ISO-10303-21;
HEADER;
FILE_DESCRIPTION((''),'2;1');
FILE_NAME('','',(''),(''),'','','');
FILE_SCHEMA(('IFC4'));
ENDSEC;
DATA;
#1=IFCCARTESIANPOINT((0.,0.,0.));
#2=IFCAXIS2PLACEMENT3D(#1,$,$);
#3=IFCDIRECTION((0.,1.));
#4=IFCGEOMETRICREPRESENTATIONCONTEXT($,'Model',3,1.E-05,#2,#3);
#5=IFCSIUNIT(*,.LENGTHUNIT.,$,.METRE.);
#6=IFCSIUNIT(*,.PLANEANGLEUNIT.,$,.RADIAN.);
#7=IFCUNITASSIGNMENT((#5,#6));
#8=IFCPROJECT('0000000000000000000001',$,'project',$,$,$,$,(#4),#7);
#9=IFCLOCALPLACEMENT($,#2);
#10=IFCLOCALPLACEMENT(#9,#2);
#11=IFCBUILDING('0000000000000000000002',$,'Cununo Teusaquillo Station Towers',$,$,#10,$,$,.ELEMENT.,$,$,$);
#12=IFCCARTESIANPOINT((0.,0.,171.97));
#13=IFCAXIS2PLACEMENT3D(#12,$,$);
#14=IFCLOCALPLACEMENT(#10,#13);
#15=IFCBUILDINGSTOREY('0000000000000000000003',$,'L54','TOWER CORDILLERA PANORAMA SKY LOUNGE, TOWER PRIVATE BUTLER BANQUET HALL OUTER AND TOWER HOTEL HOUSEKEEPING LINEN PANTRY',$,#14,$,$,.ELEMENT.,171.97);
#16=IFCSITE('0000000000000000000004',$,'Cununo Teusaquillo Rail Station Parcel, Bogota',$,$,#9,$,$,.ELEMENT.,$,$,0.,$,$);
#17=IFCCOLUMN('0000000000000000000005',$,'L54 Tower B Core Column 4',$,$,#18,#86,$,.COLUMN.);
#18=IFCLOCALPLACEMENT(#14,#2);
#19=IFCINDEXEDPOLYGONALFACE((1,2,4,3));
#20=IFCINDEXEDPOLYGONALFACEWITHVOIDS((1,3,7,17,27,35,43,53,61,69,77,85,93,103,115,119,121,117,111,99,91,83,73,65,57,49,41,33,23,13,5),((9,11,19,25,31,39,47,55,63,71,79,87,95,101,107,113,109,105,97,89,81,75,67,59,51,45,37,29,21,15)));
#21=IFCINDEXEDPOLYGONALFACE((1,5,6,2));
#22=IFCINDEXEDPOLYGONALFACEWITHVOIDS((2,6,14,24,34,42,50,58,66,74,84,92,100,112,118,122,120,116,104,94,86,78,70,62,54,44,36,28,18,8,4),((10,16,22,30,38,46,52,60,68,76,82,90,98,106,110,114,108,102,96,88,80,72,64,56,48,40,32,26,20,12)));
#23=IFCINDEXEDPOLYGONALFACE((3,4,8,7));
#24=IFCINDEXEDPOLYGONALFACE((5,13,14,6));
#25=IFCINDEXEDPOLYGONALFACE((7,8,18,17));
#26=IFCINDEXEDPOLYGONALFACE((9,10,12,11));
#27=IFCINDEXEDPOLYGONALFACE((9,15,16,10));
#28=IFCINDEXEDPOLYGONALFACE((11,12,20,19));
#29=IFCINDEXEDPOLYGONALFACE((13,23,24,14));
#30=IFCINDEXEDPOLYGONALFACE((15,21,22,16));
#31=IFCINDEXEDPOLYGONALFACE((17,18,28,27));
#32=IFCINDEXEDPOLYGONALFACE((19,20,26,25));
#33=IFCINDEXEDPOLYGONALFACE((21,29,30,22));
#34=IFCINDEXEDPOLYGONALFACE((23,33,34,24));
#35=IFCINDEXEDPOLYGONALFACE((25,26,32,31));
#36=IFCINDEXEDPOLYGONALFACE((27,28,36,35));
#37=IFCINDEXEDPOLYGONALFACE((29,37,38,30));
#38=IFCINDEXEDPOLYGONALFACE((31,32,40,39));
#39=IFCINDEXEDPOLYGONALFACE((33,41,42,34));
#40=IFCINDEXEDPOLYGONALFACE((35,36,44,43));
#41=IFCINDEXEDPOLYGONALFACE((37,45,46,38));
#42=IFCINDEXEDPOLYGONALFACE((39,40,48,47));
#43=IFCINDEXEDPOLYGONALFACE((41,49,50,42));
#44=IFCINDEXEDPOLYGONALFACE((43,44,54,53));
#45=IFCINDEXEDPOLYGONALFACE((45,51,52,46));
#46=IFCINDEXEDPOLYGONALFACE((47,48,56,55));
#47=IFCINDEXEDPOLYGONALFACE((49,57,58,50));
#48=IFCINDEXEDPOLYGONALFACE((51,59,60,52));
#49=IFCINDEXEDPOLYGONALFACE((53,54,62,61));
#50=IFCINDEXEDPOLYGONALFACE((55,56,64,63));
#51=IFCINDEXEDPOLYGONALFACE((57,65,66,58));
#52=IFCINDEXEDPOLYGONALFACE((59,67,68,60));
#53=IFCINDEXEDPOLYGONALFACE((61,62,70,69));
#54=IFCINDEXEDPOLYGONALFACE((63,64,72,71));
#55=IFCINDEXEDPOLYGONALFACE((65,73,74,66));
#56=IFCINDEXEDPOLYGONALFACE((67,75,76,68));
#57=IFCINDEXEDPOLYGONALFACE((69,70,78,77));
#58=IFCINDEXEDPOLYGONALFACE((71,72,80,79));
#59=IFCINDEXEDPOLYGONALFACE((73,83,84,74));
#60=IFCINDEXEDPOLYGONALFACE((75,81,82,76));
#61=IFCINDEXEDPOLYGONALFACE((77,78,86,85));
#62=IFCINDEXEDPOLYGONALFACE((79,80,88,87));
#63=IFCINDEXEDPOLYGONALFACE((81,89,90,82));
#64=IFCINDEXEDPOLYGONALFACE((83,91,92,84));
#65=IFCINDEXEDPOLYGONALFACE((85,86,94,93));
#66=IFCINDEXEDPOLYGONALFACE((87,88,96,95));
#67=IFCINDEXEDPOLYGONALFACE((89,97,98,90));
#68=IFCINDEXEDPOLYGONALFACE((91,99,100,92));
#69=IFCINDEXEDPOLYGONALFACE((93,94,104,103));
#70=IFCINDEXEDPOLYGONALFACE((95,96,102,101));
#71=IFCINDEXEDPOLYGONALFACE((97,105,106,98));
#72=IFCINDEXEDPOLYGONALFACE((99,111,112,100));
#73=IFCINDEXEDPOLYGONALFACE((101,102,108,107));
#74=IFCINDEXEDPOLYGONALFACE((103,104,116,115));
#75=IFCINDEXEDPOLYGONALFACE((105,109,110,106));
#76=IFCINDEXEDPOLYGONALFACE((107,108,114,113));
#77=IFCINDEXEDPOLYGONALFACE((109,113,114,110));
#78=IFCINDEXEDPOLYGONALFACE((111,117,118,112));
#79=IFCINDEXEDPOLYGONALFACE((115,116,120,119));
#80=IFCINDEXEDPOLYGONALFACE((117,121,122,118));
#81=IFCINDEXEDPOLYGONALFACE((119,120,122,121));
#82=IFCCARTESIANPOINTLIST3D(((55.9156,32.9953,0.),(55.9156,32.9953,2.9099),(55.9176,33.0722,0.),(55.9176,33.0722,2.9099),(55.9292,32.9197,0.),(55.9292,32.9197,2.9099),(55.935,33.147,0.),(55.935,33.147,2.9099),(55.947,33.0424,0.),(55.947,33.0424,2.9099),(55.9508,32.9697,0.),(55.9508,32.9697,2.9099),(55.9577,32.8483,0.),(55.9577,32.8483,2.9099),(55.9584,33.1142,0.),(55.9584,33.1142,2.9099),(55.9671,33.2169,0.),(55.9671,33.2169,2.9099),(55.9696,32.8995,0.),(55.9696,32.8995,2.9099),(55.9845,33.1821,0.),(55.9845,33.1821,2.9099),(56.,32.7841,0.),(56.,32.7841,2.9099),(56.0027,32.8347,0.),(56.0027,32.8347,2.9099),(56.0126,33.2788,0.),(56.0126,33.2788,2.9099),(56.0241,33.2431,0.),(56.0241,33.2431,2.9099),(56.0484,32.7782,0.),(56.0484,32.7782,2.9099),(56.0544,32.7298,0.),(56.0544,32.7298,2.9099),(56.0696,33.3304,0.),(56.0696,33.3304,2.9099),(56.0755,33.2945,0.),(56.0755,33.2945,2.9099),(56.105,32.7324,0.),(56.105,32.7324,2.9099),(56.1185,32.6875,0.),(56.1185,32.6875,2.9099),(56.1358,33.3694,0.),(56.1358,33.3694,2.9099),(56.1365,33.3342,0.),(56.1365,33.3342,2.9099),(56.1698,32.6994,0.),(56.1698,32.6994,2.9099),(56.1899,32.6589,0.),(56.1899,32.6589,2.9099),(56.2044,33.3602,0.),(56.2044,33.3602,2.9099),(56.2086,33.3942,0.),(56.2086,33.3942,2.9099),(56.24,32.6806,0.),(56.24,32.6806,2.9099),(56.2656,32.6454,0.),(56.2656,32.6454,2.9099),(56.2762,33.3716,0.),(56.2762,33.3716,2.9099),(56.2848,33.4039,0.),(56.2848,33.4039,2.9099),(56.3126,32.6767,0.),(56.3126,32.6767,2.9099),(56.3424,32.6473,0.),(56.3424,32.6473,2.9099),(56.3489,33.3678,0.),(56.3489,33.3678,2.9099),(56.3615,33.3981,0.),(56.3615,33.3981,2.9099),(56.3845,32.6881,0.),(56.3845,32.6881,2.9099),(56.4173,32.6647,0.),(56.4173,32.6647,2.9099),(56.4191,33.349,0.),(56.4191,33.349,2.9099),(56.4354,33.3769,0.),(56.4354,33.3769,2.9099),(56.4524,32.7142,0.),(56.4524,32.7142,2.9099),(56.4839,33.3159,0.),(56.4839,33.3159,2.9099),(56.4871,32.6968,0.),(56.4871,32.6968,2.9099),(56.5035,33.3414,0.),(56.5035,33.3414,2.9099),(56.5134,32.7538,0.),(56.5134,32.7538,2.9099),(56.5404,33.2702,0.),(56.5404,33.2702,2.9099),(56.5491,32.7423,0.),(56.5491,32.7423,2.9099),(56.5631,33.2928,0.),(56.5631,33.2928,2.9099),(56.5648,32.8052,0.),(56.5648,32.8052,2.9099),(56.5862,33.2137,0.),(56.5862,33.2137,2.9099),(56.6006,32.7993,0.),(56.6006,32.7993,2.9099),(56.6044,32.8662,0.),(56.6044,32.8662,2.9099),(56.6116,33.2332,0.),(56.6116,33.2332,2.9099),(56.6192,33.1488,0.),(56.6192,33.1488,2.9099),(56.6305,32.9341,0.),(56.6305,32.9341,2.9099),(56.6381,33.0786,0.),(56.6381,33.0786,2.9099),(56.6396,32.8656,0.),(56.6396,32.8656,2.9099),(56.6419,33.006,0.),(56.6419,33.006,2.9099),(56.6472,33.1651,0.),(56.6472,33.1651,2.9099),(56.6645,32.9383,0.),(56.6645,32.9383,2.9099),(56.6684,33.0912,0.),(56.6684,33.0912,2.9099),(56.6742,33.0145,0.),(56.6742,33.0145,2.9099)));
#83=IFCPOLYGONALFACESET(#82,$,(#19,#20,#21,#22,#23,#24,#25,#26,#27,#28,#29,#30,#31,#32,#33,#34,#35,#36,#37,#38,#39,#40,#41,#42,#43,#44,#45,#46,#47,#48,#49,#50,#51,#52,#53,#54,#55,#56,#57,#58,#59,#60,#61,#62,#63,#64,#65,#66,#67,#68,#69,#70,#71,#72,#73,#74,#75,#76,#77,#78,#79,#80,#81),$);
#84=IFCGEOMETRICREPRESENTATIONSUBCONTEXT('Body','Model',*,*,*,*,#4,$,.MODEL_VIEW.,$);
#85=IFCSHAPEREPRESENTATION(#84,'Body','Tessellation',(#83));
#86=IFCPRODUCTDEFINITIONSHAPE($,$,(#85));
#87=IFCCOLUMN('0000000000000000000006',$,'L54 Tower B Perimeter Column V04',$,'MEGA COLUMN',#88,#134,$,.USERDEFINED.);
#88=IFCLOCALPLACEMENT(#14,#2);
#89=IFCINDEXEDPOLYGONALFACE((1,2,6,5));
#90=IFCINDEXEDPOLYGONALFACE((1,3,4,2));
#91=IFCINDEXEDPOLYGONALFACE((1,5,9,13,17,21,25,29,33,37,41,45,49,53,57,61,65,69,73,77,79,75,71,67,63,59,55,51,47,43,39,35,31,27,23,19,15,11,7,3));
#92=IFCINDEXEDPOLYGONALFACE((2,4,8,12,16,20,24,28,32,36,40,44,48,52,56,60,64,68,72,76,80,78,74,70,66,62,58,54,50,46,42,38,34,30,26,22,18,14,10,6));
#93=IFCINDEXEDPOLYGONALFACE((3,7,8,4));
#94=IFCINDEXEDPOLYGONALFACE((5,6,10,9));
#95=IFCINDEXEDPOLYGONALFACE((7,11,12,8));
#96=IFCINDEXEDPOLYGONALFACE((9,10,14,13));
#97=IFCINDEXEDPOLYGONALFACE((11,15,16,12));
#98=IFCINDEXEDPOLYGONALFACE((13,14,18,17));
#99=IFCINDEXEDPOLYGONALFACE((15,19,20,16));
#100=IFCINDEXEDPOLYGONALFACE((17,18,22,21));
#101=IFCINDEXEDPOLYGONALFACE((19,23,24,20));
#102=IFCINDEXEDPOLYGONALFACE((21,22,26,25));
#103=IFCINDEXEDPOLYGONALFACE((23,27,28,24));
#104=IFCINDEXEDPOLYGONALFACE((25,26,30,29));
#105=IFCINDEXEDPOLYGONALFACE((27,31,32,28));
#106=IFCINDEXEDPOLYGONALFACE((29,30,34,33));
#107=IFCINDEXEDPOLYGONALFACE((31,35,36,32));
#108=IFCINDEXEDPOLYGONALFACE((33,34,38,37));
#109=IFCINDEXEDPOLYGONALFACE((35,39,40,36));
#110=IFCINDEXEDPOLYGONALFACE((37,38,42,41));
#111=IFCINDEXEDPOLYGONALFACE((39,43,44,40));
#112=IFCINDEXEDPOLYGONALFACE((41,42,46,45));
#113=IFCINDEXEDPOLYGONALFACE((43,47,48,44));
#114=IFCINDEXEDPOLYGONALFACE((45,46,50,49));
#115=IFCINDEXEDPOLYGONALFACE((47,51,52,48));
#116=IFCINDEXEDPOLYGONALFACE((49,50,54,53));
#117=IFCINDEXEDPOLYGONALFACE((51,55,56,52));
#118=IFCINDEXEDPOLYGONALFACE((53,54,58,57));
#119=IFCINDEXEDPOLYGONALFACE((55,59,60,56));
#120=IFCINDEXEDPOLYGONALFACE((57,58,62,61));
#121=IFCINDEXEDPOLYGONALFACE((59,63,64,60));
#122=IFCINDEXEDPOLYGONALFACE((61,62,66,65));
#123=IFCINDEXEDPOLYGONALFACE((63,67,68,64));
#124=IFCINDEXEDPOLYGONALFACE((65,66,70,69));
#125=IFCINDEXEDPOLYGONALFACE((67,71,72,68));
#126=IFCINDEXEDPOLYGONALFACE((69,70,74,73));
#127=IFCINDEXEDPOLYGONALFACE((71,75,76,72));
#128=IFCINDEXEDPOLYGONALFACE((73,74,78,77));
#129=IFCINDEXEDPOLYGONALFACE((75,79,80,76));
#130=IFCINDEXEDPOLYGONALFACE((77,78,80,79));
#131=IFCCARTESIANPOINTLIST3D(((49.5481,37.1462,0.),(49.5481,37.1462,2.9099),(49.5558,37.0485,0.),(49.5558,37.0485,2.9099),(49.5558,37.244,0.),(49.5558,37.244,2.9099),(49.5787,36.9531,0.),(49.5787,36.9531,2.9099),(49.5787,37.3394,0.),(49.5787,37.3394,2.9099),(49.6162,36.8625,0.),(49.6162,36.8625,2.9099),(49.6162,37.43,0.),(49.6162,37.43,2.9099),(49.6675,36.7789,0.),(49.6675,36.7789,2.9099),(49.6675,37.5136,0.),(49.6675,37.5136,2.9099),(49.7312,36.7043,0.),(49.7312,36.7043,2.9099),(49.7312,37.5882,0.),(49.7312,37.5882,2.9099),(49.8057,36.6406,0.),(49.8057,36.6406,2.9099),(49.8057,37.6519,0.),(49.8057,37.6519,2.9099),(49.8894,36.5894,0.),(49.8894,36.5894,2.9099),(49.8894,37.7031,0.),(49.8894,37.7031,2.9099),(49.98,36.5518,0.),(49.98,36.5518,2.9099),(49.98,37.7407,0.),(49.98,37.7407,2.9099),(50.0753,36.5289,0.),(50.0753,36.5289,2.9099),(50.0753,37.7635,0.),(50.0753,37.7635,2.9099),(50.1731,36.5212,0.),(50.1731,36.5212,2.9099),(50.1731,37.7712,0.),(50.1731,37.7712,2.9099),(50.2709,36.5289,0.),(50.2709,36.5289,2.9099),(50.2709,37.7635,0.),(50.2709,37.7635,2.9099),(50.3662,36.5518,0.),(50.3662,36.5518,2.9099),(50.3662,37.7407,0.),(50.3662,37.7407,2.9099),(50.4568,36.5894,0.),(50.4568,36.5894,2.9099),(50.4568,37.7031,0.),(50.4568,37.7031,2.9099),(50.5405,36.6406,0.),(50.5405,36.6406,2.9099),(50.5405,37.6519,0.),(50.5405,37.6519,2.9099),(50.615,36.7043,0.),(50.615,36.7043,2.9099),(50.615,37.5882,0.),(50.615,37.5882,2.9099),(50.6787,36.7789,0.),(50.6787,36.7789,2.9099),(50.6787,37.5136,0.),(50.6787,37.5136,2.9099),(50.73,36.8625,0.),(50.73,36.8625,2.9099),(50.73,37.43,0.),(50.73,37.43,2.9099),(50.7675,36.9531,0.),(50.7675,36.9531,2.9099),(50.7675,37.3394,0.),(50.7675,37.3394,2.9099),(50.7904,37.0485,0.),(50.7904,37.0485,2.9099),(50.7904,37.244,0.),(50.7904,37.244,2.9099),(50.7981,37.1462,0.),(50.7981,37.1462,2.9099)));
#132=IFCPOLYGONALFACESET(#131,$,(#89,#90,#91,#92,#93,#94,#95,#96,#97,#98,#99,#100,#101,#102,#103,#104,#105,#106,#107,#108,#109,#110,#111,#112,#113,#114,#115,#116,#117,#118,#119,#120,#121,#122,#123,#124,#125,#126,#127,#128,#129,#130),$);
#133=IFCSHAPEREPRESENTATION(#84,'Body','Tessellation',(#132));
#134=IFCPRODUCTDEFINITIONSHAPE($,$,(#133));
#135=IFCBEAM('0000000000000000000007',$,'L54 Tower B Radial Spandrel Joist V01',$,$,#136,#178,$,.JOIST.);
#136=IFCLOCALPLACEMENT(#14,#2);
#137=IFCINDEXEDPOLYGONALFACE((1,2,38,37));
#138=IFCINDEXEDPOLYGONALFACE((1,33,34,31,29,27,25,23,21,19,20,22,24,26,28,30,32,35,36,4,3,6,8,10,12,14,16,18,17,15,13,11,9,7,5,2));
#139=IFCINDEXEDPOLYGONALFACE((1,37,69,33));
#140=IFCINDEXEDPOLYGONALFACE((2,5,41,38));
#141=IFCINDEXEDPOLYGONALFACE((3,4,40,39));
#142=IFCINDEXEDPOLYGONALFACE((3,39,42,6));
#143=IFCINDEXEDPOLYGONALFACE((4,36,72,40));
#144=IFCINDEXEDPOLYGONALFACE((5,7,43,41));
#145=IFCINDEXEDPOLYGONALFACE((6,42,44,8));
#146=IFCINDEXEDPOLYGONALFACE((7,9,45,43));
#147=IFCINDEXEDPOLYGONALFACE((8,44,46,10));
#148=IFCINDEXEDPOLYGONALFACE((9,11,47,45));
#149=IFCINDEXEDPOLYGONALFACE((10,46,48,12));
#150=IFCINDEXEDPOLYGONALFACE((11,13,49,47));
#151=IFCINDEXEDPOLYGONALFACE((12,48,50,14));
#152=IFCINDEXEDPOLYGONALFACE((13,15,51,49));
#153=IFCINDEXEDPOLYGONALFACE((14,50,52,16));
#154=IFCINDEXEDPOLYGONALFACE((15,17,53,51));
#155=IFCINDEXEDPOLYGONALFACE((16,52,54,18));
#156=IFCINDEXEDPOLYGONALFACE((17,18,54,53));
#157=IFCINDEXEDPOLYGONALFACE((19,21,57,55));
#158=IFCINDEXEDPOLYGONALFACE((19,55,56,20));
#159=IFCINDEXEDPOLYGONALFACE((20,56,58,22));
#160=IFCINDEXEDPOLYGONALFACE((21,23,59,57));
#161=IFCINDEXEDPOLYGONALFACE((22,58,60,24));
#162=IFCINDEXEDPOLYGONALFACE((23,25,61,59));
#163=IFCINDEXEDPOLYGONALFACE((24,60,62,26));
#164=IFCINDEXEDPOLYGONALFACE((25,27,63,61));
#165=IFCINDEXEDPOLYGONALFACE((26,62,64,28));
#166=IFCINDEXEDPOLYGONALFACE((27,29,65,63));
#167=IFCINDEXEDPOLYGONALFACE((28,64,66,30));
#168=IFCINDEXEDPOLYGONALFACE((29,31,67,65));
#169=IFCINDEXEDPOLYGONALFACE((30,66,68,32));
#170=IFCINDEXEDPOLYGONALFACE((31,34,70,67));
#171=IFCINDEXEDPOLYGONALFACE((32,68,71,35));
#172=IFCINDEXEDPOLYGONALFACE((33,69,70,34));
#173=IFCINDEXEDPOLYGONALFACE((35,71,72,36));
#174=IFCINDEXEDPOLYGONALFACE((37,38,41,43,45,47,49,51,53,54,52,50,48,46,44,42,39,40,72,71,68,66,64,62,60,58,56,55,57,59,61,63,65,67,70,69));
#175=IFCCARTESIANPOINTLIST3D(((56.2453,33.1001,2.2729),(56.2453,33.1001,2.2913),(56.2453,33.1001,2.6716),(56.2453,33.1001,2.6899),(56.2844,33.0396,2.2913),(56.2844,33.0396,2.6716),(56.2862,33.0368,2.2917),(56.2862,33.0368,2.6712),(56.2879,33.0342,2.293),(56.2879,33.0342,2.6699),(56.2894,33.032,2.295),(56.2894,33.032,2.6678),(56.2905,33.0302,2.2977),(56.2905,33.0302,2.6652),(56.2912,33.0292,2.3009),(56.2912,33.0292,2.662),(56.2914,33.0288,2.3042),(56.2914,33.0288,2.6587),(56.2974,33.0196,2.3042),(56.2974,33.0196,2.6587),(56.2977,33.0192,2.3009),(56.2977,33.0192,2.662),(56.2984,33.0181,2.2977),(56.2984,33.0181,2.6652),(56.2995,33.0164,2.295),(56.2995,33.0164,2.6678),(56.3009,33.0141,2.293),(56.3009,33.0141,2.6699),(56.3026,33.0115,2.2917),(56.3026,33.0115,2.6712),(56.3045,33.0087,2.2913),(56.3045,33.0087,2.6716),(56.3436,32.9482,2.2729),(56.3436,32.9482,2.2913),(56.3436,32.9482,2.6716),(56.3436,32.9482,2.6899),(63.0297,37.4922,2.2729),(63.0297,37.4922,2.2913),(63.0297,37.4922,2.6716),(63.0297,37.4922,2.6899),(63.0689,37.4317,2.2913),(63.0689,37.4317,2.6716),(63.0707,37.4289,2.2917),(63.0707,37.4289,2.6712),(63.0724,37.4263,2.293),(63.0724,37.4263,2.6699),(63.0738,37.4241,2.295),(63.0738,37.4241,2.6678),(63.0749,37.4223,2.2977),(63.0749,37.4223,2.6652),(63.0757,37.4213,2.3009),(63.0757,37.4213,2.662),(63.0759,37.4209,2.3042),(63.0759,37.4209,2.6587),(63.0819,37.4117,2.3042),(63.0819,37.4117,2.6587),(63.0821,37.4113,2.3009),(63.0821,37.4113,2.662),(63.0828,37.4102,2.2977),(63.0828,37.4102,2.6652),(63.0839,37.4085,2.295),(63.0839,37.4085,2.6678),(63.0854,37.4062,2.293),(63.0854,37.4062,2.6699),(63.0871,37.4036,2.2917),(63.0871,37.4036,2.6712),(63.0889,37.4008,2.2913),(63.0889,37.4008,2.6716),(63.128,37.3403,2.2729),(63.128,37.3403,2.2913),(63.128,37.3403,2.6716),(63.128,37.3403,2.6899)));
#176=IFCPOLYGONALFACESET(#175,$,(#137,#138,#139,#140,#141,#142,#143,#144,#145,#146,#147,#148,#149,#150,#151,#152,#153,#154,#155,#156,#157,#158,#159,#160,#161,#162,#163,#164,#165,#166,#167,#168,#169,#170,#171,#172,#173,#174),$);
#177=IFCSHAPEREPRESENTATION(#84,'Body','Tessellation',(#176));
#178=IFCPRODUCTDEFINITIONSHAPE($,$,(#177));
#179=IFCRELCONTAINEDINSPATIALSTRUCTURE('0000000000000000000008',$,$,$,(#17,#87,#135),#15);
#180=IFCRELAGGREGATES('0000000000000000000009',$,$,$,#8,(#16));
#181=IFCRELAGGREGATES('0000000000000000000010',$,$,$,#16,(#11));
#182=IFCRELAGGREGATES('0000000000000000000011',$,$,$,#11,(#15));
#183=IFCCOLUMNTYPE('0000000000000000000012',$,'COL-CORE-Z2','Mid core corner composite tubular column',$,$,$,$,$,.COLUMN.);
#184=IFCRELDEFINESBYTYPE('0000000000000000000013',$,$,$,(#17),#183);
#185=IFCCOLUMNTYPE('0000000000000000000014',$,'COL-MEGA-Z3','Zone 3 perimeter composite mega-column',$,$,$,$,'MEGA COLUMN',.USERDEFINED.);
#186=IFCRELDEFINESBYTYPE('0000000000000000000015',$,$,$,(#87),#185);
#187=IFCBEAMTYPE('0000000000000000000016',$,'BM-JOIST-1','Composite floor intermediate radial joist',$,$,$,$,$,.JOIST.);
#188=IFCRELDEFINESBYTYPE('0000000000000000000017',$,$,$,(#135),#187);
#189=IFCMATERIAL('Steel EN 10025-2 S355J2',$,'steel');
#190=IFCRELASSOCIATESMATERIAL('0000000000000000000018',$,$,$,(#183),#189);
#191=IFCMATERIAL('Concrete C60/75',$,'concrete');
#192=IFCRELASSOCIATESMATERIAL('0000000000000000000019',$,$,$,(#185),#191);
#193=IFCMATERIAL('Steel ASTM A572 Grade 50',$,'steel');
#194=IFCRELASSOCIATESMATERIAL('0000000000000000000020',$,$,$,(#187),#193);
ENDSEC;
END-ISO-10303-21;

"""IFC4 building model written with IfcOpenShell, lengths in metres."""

from ifc_helpers import new_model, si_unit, direction, frame, origin, origin_2d, place, context, subcontext, project, spatial, circle, hollow_circle, i_section, extrude, material, material_profile, profile_set, type_object, element, save


model = new_model("IFC4")

# Units and contexts
model_context = context("Model", 3, precision=1e-05, world=origin(), true_north=direction((0.0, 1.0)))
body_context = subcontext(model_context, "Body", "Model", "MODEL_VIEW")
ifc_project = project(units=[si_unit("LENGTHUNIT", "METRE"), si_unit("PLANEANGLEUNIT", "RADIAN")], contexts=[model_context])

# Site, building, storey
site_placement = place(None, origin())
site = spatial("IfcSite", under=ifc_project, at=site_placement, Name="Cununo Teusaquillo Rail Station Parcel, Bogota", CompositionType="ELEMENT", RefElevation=0.0)
building_placement = place(site_placement, origin())
building = spatial("IfcBuilding", under=site, at=building_placement, Name="Cununo Teusaquillo Station Towers", CompositionType="ELEMENT")
storey_placement = place(building_placement, frame((0.0, 0.0, 171.97)))
storey = spatial("IfcBuildingStorey", under=building, at=storey_placement, Name="L54", Description="TOWER CORDILLERA PANORAMA SKY LOUNGE, TOWER PRIVATE BUTLER BANQUET HALL OUTER AND TOWER HOTEL HOUSEKEEPING LINEN PANTRY", CompositionType="ELEMENT", Elevation=171.97)

# Columns
ifc_material_1 = material(Name="Steel EN 10025-2 S355J2", Category="steel")
ifc_material_profile_1 = material_profile(ifc_material_1, hollow_circle(Radius=0.3799, WallThickness=0.032, at=origin_2d()), Name="CHS 760x32")
ifc_profile_set_1 = profile_set([ifc_material_profile_1], Name="Steel EN 10025-2 S355J2")
column_type_1 = type_object("IfcColumnType", Name="COL-CORE-Z2", Description="Mid core corner composite tubular column", PredefinedType="COLUMN", material=ifc_profile_set_1)
column_1_placement = place(storey_placement, frame((56.2944, 33.0242, 0.0), z_axis=(0.0, 0.0, 1.0), x_axis=(0.707107, 0.707107, 0.0)))
element("IfcColumn", 1, at=column_1_placement, inside=storey, type_object=column_type_1, Name="L54 Tower B Core Column 4", PredefinedType="COLUMN", context=body_context, shape_type="SweptSolid", body=[
    extrude(hollow_circle(Radius=0.3799, WallThickness=0.032, at=origin_2d()), origin(), (0.0, 0.0, 1.0), 2.9099),
])
ifc_material_2 = material(Name="Concrete C60/75", Category="concrete")
ifc_material_profile_2 = material_profile(ifc_material_2, circle(Radius=0.625, at=origin_2d()), Name="RC-CIRC-1250")
ifc_profile_set_2 = profile_set([ifc_material_profile_2], Name="Concrete C60/75")
column_type_2 = type_object("IfcColumnType", Name="COL-MEGA-Z3", Description="Zone 3 perimeter composite mega-column", ElementType="MEGA COLUMN", PredefinedType="USERDEFINED", material=ifc_profile_set_2)
column_2_placement = place(storey_placement, frame((50.1731, 37.1462, 0.0), z_axis=(0.0, 0.0, 1.0), x_axis=(1.0, 0.0, 0.0)))
element("IfcColumn", 2, at=column_2_placement, inside=storey, type_object=column_type_2, Name="L54 Tower B Perimeter Column V04", ObjectType="MEGA COLUMN", PredefinedType="USERDEFINED", context=body_context, shape_type="SweptSolid", body=[
    extrude(circle(Radius=0.625, at=origin_2d()), origin(), (0.0, 0.0, 1.0), 2.9099),
])

# Beam
ifc_material_3 = material(Name="Steel ASTM A572 Grade 50", Category="steel")
ifc_material_profile_3 = material_profile(ifc_material_3, i_section(OverallWidth=0.1809, OverallDepth=0.417, WebThickness=0.011, FlangeThickness=0.0183, FilletRadius=0.0129, at=origin_2d()), Name="W16X57")
ifc_profile_set_3 = profile_set([ifc_material_profile_3], Name="Steel ASTM A572 Grade 50")
beam_type_1 = type_object("IfcBeamType", Name="BM-JOIST-1", Description="Composite floor intermediate radial joist", PredefinedType="JOIST", material=ifc_profile_set_3)
beam_1_placement = place(storey_placement, frame((56.2944, 33.0242, 2.4814), z_axis=(0.839448, 0.54344, 0.0), x_axis=(-0.54344, 0.839448, 0.0)))
element("IfcBeam", 3, at=beam_1_placement, inside=storey, type_object=beam_type_1, Name="L54 Tower B Radial Spandrel Joist V01", PredefinedType="JOIST", context=body_context, shape_type="SweptSolid", body=[
    extrude(i_section(OverallWidth=0.1809, OverallDepth=0.417, WebThickness=0.011, FlangeThickness=0.0183, FilletRadius=0.0129, at=origin_2d()), origin(), (0.0, 0.0, 1.0), 8.082),
])

save(model, "model.ifc")
